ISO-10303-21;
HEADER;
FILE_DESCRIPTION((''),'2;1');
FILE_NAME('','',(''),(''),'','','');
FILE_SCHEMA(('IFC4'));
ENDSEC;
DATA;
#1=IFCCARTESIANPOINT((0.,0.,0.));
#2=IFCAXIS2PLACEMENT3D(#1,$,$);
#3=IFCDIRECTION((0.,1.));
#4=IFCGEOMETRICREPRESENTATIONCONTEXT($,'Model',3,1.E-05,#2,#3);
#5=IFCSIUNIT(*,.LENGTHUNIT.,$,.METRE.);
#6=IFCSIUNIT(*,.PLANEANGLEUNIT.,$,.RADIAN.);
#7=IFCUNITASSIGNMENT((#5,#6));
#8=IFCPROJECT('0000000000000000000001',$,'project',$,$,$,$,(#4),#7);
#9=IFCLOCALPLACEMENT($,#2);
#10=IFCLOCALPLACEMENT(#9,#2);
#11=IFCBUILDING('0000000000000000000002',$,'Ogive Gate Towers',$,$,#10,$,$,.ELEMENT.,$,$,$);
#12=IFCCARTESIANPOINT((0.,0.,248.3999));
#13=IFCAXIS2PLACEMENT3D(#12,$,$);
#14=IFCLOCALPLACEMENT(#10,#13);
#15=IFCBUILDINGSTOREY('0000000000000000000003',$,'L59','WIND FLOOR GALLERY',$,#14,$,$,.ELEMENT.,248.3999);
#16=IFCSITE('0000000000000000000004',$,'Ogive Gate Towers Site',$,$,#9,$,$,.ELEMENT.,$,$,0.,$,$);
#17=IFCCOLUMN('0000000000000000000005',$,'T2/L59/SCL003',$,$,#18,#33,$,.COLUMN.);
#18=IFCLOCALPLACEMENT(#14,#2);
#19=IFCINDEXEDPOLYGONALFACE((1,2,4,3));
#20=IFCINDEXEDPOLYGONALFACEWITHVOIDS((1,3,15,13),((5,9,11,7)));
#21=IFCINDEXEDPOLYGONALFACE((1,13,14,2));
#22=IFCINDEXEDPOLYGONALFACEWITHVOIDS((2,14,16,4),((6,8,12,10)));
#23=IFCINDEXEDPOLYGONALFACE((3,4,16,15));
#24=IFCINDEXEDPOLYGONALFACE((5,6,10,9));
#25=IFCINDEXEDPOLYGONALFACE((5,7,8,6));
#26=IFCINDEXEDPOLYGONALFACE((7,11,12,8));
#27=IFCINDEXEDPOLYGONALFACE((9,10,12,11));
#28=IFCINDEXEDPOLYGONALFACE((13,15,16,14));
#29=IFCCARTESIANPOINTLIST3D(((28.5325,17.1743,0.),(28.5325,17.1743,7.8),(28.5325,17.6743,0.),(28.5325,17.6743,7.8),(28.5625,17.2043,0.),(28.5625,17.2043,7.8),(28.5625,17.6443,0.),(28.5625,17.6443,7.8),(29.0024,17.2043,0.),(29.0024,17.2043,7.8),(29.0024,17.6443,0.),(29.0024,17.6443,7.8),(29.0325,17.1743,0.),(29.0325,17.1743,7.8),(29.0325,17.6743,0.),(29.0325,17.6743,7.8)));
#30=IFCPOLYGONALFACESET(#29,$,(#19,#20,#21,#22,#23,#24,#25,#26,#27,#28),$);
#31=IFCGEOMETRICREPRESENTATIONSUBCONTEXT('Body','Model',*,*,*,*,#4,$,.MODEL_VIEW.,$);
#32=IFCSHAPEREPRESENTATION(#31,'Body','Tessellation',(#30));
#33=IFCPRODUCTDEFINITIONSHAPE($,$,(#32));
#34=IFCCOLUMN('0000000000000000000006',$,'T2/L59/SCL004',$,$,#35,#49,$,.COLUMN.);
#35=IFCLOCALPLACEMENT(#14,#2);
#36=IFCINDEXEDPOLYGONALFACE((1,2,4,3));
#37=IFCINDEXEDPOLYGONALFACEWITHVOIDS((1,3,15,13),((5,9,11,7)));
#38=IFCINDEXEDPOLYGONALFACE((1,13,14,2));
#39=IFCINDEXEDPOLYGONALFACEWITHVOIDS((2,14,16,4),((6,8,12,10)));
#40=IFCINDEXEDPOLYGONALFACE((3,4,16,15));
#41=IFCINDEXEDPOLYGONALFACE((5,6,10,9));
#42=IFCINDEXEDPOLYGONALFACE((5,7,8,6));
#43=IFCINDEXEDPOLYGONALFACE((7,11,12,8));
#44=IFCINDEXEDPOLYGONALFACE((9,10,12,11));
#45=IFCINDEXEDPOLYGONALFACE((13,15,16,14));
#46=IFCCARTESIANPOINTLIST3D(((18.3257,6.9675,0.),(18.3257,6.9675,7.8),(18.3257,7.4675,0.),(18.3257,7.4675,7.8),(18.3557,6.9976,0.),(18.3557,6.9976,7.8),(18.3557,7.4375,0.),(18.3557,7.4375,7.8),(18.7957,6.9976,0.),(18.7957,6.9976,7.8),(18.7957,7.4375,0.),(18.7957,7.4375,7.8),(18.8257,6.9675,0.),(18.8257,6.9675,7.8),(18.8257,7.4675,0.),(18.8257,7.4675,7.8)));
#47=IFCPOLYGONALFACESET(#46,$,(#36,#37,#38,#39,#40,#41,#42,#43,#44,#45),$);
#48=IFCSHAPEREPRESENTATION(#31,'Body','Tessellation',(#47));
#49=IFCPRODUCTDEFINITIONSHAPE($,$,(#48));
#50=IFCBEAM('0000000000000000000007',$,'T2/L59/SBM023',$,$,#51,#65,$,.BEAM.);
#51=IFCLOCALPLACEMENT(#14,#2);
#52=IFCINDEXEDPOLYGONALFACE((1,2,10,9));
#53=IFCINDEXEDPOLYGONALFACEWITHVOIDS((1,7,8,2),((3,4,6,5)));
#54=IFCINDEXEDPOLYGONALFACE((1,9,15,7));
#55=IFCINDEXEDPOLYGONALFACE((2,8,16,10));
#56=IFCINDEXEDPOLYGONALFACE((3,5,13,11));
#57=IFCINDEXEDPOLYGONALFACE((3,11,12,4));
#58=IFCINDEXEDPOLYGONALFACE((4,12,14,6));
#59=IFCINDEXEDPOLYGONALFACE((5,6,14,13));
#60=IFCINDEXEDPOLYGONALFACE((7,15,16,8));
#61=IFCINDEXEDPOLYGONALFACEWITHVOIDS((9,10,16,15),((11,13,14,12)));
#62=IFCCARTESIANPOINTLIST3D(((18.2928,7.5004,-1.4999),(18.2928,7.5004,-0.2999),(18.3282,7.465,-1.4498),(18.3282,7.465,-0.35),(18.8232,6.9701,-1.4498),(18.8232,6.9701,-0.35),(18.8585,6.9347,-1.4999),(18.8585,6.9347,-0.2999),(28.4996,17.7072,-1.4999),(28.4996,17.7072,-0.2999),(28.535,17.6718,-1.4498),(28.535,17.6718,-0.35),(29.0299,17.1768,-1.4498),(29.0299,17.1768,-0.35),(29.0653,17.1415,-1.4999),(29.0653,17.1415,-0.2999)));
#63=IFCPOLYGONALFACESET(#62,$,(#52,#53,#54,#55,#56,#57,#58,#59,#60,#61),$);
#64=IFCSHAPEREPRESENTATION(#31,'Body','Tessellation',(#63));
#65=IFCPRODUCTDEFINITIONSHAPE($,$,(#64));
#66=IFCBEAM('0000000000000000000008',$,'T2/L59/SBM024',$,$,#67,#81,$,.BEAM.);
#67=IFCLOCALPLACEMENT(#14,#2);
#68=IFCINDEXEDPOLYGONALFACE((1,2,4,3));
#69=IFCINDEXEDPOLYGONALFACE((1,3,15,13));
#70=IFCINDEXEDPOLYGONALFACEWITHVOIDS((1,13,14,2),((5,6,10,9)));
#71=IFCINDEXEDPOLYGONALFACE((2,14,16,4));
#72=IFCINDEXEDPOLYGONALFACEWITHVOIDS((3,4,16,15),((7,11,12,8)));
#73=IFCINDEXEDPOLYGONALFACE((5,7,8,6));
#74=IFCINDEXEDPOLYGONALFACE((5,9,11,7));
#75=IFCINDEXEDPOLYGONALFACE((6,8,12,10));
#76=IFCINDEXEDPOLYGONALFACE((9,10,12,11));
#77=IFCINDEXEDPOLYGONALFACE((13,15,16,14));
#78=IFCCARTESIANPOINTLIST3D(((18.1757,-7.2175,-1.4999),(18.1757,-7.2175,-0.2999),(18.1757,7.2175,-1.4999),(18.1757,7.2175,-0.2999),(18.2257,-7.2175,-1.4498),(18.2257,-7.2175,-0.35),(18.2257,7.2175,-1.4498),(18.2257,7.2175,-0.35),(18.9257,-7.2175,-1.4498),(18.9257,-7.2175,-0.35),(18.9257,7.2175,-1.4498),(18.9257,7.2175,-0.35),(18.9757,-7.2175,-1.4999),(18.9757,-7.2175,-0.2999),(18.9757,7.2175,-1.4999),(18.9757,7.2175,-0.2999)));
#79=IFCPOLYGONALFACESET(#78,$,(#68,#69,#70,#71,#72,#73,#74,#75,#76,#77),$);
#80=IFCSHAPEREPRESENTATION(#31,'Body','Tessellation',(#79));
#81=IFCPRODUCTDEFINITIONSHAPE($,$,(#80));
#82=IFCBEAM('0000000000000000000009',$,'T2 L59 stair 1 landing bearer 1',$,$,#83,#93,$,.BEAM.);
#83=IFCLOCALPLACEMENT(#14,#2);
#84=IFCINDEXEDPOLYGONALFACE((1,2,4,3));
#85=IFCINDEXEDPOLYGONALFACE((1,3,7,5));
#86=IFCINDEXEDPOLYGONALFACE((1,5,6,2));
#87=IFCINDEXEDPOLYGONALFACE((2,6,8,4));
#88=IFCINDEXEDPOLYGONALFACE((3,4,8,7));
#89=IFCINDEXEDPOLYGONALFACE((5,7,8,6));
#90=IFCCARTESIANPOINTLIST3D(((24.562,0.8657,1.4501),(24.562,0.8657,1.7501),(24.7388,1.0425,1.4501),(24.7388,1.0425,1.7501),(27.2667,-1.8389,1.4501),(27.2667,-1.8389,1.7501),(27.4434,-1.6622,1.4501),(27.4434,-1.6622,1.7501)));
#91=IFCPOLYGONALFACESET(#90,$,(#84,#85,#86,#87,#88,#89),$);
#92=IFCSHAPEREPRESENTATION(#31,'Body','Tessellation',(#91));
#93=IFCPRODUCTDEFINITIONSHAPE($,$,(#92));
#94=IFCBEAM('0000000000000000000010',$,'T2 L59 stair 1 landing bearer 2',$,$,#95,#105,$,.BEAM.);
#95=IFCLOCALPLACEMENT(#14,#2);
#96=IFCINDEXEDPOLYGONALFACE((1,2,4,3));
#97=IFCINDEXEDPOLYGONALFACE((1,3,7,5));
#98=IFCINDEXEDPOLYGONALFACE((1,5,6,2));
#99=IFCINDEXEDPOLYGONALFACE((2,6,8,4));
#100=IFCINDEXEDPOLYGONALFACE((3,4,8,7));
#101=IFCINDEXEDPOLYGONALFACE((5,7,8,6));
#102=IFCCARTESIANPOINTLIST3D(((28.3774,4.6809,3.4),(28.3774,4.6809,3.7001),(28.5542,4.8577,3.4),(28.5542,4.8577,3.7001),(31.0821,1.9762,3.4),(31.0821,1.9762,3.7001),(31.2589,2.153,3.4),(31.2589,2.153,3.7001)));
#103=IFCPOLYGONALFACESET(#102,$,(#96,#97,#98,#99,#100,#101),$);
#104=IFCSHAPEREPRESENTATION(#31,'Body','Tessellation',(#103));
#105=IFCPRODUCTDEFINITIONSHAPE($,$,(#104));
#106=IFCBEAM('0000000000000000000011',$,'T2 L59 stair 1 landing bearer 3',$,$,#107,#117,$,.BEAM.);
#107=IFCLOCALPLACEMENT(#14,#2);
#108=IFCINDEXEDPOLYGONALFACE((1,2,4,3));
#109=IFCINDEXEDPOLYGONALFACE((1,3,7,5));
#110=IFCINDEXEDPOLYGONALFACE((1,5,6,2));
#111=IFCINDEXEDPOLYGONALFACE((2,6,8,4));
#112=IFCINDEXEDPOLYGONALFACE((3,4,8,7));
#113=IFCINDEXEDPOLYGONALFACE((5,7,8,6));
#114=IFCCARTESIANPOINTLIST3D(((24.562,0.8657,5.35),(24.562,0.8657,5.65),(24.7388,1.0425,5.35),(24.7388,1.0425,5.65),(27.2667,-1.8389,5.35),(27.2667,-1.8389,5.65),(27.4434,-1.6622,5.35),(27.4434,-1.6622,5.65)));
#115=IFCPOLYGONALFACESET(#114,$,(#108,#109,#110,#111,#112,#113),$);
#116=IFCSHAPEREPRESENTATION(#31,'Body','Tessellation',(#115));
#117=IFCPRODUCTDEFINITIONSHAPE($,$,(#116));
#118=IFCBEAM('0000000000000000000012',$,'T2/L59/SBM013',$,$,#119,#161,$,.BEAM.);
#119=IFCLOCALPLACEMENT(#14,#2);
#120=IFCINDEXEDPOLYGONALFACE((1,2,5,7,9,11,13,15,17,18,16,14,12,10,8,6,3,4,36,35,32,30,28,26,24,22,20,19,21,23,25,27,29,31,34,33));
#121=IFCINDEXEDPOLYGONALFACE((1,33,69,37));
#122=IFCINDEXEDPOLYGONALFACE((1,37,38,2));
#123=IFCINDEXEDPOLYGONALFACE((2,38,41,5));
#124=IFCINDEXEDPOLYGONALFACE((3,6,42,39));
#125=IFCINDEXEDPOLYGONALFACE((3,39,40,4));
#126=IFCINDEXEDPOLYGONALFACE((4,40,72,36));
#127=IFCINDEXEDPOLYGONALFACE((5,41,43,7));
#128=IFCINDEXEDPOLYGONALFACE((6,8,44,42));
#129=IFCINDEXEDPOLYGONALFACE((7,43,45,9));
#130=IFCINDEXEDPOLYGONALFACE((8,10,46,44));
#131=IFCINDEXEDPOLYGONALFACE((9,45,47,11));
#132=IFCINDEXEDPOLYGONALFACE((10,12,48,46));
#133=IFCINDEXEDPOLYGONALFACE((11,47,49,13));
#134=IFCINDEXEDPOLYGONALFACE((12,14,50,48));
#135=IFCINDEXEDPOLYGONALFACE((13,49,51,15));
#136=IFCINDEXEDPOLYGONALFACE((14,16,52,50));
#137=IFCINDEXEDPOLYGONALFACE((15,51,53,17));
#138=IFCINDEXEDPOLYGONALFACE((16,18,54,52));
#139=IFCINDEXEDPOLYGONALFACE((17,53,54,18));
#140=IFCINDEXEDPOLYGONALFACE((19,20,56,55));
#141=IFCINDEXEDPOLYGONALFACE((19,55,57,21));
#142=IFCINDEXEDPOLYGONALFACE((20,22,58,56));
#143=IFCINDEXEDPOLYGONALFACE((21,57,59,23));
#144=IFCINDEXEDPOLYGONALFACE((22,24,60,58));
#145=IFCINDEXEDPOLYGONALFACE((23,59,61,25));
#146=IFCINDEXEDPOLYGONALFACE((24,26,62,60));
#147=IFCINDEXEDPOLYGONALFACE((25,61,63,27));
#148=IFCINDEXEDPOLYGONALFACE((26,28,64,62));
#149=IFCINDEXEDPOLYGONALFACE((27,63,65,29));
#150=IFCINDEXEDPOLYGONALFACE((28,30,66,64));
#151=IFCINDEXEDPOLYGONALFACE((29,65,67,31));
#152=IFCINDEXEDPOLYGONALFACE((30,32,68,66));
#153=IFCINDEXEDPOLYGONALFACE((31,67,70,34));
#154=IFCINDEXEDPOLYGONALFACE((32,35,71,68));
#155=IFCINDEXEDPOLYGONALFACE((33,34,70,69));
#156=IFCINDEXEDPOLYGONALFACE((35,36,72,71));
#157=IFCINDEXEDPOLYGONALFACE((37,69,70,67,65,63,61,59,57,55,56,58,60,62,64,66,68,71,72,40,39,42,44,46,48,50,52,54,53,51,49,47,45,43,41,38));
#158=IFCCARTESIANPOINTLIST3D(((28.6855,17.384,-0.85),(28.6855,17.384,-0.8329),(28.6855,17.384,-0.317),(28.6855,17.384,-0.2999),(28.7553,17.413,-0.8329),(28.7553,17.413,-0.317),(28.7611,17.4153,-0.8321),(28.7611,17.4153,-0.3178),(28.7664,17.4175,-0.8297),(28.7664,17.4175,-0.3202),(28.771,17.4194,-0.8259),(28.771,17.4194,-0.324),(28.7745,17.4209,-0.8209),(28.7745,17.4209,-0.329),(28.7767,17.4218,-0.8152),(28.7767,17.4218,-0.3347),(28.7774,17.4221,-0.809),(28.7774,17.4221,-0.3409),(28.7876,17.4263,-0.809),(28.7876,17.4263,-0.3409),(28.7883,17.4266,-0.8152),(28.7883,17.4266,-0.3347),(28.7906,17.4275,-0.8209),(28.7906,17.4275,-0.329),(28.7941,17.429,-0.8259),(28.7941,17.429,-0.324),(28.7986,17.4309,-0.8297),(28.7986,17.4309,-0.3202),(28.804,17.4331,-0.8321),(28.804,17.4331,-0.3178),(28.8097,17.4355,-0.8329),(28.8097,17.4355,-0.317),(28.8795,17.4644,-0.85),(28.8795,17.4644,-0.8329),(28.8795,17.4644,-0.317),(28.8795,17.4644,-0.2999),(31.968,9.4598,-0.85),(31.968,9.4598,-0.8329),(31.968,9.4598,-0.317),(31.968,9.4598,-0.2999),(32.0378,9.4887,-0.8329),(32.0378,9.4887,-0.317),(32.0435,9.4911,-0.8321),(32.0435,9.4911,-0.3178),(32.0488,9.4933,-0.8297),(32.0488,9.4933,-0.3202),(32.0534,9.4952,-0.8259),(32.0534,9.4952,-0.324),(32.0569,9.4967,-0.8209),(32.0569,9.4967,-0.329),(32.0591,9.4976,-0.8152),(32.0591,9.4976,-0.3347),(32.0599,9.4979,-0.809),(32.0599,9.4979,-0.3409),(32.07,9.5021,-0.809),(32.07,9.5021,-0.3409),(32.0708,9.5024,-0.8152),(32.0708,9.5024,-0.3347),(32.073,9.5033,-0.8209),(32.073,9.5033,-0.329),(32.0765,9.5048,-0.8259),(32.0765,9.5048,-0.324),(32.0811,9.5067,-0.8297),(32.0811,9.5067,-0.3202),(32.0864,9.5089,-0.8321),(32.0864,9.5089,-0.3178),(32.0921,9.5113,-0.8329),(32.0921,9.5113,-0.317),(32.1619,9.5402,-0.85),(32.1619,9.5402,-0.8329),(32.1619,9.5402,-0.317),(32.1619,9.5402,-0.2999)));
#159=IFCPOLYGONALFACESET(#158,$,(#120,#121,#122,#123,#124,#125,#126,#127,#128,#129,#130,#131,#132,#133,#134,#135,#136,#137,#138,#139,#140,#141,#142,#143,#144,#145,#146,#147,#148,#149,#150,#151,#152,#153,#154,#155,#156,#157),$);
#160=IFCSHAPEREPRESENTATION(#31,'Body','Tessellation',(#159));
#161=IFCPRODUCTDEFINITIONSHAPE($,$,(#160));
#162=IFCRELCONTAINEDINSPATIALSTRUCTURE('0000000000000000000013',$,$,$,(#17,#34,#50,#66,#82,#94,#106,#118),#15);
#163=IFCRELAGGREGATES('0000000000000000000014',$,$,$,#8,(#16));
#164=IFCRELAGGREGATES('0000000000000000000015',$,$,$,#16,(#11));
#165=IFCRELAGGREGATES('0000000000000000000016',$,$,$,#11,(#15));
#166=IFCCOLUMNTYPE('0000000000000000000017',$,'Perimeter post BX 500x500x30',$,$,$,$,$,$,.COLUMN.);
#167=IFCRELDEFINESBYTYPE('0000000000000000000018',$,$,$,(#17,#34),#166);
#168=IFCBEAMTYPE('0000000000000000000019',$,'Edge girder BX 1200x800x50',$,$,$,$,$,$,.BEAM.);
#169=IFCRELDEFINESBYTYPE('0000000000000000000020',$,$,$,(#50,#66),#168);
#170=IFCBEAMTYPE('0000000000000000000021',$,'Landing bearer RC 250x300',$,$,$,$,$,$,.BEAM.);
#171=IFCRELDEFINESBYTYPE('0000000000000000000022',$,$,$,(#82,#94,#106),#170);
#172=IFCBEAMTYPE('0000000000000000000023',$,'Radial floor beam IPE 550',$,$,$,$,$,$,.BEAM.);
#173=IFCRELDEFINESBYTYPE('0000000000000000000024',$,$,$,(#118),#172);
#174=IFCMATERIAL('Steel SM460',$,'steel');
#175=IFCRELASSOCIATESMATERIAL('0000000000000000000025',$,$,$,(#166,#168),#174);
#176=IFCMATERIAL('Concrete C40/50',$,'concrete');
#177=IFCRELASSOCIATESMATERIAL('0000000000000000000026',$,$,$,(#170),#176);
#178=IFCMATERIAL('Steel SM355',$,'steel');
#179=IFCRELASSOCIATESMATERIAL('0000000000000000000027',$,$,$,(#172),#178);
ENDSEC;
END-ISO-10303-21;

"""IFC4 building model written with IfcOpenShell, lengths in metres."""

from ifc_helpers import new_model, si_unit, direction, frame, origin, origin_2d, place, context, subcontext, project, spatial, rectangle, hollow_rectangle, i_section, extrude, material, material_profile, profile_set, type_object, element, save


model = new_model("IFC4")

# Units and contexts
model_context = context("Model", 3, precision=1e-05, world=origin(), true_north=direction((0.0, 1.0)))
body_context = subcontext(model_context, "Body", "Model", "MODEL_VIEW")
ifc_project = project(units=[si_unit("LENGTHUNIT", "METRE"), si_unit("PLANEANGLEUNIT", "RADIAN")], contexts=[model_context])

# Site, building, storey
site_placement = place(None, origin())
site = spatial("IfcSite", under=ifc_project, at=site_placement, Name="Ogive Gate Towers Site", CompositionType="ELEMENT", RefElevation=0.0)
building_placement = place(site_placement, origin())
building = spatial("IfcBuilding", under=site, at=building_placement, Name="Ogive Gate Towers", CompositionType="ELEMENT")
storey_placement = place(building_placement, frame((0.0, 0.0, 248.3999)))
storey = spatial("IfcBuildingStorey", under=building, at=storey_placement, Name="L59", Description="WIND FLOOR GALLERY", CompositionType="ELEMENT", Elevation=248.3999)

# Columns
ifc_material_1 = material(Name="Steel SM460", Category="steel")
ifc_material_profile_1 = material_profile(ifc_material_1, hollow_rectangle(XDim=0.5, YDim=0.5, WallThickness=0.03, at=origin_2d()), Name="BX 500x500x30")
ifc_profile_set_1 = profile_set([ifc_material_profile_1], Name="Steel SM460")
column_type = type_object("IfcColumnType", Name="Perimeter post BX 500x500x30", PredefinedType="COLUMN", material=ifc_profile_set_1)
for number, where, z_axis, x_axis, name in (
    (1, (28.7825, 17.4243, 0.0), (0.0, 0.0, 1.0), (1.0, 0.0, 0.0), "T2/L59/SCL003"),
    (2, (18.5757, 7.2175, 0.0), (0.0, 0.0, 1.0), (1.0, 0.0, 0.0), "T2/L59/SCL004"),
):
    element("IfcColumn", number, at=place(storey_placement, frame(where, z_axis=z_axis, x_axis=x_axis)), inside=storey, type_object=column_type, Name=name, PredefinedType="COLUMN", context=body_context, shape_type="SweptSolid", body=[
        extrude(hollow_rectangle(XDim=0.5, YDim=0.5, WallThickness=0.03, at=origin_2d()), origin(), (0.0, 0.0, 1.0), 7.8),
    ])

# Beams
ifc_material_profile_2 = material_profile(ifc_material_1, hollow_rectangle(XDim=0.8, YDim=1.2, WallThickness=0.05, at=origin_2d()), Name="BX 1200x800x50")
ifc_profile_set_2 = profile_set([ifc_material_profile_2], Name="Steel SM460")
beam_type_1 = type_object("IfcBeamType", Name="Edge girder BX 1200x800x50", PredefinedType="BEAM", material=ifc_profile_set_2)
beam_1_placement = place(storey_placement, frame((28.7825, 17.4243, -0.8999), z_axis=(-0.707107, -0.707107, 0.0), x_axis=(0.707107, -0.707107, 0.0)))
element("IfcBeam", 3, at=beam_1_placement, inside=storey, type_object=beam_type_1, Name="T2/L59/SBM023", PredefinedType="BEAM", context=body_context, shape_type="SweptSolid", body=[
    extrude(hollow_rectangle(XDim=0.8, YDim=1.2, WallThickness=0.05, at=origin_2d()), origin(), (0.0, 0.0, 1.0), 14.4346),
])
beam_2_placement = place(storey_placement, frame((18.5757, 7.2175, -0.8999), z_axis=(0.0, -1.0, 0.0), x_axis=(1.0, 0.0, 0.0)))
element("IfcBeam", 4, at=beam_2_placement, inside=storey, type_object=beam_type_1, Name="T2/L59/SBM024", PredefinedType="BEAM", context=body_context, shape_type="SweptSolid", body=[
    extrude(hollow_rectangle(XDim=0.8, YDim=1.2, WallThickness=0.05, at=origin_2d()), origin(), (0.0, 0.0, 1.0), 14.4351),
])
ifc_material_2 = material(Name="Concrete C40/50", Category="concrete")
ifc_material_profile_3 = material_profile(ifc_material_2, rectangle(XDim=0.25, YDim=0.3, at=origin_2d()), Name="RC 250x300")
ifc_profile_set_3 = profile_set([ifc_material_profile_3], Name="Concrete C40/50")
beam_type_2 = type_object("IfcBeamType", Name="Landing bearer RC 250x300", PredefinedType="BEAM", material=ifc_profile_set_3)
for number, where, z_axis, x_axis, name in (
    (5, (24.6504, 0.9541, 1.6001), (0.707107, -0.707107, 0.0), (0.707107, 0.707107, 0.0), "T2 L59 stair 1 landing bearer 1"),
    (6, (28.4658, 4.7693, 3.55), (0.707107, -0.707107, 0.0), (0.707107, 0.707107, 0.0), "T2 L59 stair 1 landing bearer 2"),
    (7, (24.6504, 0.9541, 5.5), (0.707107, -0.707107, 0.0), (0.707107, 0.707107, 0.0), "T2 L59 stair 1 landing bearer 3"),
):
    element("IfcBeam", number, at=place(storey_placement, frame(where, z_axis=z_axis, x_axis=x_axis)), inside=storey, type_object=beam_type_2, Name=name, PredefinedType="BEAM", context=body_context, shape_type="SweptSolid", body=[
        extrude(rectangle(XDim=0.25, YDim=0.3, at=origin_2d()), origin(), (0.0, 0.0, 1.0), 3.825),
    ])
ifc_material_3 = material(Name="Steel SM355", Category="steel")
ifc_material_profile_4 = material_profile(ifc_material_3, i_section(OverallWidth=0.21, OverallDepth=0.55, WebThickness=0.011, FlangeThickness=0.0171, FilletRadius=0.0239, at=origin_2d()), Name="IPE 550")
ifc_profile_set_4 = profile_set([ifc_material_profile_4], Name="Steel SM355")
beam_type_3 = type_object("IfcBeamType", Name="Radial floor beam IPE 550", PredefinedType="BEAM", material=ifc_profile_set_4)
beam_3_placement = place(storey_placement, frame((32.0649, 9.5, -0.575), z_axis=(-0.382695, 0.923875, 0.0), x_axis=(-0.923875, -0.382695, 0.0)))
element("IfcBeam", 8, at=beam_3_placement, inside=storey, type_object=beam_type_3, Name="T2/L59/SBM013", PredefinedType="BEAM", context=body_context, shape_type="SweptSolid", body=[
    extrude(i_section(OverallWidth=0.21, OverallDepth=0.55, WebThickness=0.011, FlangeThickness=0.0171, FilletRadius=0.0239, at=origin_2d()), origin(), (0.0, 0.0, 1.0), 8.5771),
])

save(model, "model.ifc")
